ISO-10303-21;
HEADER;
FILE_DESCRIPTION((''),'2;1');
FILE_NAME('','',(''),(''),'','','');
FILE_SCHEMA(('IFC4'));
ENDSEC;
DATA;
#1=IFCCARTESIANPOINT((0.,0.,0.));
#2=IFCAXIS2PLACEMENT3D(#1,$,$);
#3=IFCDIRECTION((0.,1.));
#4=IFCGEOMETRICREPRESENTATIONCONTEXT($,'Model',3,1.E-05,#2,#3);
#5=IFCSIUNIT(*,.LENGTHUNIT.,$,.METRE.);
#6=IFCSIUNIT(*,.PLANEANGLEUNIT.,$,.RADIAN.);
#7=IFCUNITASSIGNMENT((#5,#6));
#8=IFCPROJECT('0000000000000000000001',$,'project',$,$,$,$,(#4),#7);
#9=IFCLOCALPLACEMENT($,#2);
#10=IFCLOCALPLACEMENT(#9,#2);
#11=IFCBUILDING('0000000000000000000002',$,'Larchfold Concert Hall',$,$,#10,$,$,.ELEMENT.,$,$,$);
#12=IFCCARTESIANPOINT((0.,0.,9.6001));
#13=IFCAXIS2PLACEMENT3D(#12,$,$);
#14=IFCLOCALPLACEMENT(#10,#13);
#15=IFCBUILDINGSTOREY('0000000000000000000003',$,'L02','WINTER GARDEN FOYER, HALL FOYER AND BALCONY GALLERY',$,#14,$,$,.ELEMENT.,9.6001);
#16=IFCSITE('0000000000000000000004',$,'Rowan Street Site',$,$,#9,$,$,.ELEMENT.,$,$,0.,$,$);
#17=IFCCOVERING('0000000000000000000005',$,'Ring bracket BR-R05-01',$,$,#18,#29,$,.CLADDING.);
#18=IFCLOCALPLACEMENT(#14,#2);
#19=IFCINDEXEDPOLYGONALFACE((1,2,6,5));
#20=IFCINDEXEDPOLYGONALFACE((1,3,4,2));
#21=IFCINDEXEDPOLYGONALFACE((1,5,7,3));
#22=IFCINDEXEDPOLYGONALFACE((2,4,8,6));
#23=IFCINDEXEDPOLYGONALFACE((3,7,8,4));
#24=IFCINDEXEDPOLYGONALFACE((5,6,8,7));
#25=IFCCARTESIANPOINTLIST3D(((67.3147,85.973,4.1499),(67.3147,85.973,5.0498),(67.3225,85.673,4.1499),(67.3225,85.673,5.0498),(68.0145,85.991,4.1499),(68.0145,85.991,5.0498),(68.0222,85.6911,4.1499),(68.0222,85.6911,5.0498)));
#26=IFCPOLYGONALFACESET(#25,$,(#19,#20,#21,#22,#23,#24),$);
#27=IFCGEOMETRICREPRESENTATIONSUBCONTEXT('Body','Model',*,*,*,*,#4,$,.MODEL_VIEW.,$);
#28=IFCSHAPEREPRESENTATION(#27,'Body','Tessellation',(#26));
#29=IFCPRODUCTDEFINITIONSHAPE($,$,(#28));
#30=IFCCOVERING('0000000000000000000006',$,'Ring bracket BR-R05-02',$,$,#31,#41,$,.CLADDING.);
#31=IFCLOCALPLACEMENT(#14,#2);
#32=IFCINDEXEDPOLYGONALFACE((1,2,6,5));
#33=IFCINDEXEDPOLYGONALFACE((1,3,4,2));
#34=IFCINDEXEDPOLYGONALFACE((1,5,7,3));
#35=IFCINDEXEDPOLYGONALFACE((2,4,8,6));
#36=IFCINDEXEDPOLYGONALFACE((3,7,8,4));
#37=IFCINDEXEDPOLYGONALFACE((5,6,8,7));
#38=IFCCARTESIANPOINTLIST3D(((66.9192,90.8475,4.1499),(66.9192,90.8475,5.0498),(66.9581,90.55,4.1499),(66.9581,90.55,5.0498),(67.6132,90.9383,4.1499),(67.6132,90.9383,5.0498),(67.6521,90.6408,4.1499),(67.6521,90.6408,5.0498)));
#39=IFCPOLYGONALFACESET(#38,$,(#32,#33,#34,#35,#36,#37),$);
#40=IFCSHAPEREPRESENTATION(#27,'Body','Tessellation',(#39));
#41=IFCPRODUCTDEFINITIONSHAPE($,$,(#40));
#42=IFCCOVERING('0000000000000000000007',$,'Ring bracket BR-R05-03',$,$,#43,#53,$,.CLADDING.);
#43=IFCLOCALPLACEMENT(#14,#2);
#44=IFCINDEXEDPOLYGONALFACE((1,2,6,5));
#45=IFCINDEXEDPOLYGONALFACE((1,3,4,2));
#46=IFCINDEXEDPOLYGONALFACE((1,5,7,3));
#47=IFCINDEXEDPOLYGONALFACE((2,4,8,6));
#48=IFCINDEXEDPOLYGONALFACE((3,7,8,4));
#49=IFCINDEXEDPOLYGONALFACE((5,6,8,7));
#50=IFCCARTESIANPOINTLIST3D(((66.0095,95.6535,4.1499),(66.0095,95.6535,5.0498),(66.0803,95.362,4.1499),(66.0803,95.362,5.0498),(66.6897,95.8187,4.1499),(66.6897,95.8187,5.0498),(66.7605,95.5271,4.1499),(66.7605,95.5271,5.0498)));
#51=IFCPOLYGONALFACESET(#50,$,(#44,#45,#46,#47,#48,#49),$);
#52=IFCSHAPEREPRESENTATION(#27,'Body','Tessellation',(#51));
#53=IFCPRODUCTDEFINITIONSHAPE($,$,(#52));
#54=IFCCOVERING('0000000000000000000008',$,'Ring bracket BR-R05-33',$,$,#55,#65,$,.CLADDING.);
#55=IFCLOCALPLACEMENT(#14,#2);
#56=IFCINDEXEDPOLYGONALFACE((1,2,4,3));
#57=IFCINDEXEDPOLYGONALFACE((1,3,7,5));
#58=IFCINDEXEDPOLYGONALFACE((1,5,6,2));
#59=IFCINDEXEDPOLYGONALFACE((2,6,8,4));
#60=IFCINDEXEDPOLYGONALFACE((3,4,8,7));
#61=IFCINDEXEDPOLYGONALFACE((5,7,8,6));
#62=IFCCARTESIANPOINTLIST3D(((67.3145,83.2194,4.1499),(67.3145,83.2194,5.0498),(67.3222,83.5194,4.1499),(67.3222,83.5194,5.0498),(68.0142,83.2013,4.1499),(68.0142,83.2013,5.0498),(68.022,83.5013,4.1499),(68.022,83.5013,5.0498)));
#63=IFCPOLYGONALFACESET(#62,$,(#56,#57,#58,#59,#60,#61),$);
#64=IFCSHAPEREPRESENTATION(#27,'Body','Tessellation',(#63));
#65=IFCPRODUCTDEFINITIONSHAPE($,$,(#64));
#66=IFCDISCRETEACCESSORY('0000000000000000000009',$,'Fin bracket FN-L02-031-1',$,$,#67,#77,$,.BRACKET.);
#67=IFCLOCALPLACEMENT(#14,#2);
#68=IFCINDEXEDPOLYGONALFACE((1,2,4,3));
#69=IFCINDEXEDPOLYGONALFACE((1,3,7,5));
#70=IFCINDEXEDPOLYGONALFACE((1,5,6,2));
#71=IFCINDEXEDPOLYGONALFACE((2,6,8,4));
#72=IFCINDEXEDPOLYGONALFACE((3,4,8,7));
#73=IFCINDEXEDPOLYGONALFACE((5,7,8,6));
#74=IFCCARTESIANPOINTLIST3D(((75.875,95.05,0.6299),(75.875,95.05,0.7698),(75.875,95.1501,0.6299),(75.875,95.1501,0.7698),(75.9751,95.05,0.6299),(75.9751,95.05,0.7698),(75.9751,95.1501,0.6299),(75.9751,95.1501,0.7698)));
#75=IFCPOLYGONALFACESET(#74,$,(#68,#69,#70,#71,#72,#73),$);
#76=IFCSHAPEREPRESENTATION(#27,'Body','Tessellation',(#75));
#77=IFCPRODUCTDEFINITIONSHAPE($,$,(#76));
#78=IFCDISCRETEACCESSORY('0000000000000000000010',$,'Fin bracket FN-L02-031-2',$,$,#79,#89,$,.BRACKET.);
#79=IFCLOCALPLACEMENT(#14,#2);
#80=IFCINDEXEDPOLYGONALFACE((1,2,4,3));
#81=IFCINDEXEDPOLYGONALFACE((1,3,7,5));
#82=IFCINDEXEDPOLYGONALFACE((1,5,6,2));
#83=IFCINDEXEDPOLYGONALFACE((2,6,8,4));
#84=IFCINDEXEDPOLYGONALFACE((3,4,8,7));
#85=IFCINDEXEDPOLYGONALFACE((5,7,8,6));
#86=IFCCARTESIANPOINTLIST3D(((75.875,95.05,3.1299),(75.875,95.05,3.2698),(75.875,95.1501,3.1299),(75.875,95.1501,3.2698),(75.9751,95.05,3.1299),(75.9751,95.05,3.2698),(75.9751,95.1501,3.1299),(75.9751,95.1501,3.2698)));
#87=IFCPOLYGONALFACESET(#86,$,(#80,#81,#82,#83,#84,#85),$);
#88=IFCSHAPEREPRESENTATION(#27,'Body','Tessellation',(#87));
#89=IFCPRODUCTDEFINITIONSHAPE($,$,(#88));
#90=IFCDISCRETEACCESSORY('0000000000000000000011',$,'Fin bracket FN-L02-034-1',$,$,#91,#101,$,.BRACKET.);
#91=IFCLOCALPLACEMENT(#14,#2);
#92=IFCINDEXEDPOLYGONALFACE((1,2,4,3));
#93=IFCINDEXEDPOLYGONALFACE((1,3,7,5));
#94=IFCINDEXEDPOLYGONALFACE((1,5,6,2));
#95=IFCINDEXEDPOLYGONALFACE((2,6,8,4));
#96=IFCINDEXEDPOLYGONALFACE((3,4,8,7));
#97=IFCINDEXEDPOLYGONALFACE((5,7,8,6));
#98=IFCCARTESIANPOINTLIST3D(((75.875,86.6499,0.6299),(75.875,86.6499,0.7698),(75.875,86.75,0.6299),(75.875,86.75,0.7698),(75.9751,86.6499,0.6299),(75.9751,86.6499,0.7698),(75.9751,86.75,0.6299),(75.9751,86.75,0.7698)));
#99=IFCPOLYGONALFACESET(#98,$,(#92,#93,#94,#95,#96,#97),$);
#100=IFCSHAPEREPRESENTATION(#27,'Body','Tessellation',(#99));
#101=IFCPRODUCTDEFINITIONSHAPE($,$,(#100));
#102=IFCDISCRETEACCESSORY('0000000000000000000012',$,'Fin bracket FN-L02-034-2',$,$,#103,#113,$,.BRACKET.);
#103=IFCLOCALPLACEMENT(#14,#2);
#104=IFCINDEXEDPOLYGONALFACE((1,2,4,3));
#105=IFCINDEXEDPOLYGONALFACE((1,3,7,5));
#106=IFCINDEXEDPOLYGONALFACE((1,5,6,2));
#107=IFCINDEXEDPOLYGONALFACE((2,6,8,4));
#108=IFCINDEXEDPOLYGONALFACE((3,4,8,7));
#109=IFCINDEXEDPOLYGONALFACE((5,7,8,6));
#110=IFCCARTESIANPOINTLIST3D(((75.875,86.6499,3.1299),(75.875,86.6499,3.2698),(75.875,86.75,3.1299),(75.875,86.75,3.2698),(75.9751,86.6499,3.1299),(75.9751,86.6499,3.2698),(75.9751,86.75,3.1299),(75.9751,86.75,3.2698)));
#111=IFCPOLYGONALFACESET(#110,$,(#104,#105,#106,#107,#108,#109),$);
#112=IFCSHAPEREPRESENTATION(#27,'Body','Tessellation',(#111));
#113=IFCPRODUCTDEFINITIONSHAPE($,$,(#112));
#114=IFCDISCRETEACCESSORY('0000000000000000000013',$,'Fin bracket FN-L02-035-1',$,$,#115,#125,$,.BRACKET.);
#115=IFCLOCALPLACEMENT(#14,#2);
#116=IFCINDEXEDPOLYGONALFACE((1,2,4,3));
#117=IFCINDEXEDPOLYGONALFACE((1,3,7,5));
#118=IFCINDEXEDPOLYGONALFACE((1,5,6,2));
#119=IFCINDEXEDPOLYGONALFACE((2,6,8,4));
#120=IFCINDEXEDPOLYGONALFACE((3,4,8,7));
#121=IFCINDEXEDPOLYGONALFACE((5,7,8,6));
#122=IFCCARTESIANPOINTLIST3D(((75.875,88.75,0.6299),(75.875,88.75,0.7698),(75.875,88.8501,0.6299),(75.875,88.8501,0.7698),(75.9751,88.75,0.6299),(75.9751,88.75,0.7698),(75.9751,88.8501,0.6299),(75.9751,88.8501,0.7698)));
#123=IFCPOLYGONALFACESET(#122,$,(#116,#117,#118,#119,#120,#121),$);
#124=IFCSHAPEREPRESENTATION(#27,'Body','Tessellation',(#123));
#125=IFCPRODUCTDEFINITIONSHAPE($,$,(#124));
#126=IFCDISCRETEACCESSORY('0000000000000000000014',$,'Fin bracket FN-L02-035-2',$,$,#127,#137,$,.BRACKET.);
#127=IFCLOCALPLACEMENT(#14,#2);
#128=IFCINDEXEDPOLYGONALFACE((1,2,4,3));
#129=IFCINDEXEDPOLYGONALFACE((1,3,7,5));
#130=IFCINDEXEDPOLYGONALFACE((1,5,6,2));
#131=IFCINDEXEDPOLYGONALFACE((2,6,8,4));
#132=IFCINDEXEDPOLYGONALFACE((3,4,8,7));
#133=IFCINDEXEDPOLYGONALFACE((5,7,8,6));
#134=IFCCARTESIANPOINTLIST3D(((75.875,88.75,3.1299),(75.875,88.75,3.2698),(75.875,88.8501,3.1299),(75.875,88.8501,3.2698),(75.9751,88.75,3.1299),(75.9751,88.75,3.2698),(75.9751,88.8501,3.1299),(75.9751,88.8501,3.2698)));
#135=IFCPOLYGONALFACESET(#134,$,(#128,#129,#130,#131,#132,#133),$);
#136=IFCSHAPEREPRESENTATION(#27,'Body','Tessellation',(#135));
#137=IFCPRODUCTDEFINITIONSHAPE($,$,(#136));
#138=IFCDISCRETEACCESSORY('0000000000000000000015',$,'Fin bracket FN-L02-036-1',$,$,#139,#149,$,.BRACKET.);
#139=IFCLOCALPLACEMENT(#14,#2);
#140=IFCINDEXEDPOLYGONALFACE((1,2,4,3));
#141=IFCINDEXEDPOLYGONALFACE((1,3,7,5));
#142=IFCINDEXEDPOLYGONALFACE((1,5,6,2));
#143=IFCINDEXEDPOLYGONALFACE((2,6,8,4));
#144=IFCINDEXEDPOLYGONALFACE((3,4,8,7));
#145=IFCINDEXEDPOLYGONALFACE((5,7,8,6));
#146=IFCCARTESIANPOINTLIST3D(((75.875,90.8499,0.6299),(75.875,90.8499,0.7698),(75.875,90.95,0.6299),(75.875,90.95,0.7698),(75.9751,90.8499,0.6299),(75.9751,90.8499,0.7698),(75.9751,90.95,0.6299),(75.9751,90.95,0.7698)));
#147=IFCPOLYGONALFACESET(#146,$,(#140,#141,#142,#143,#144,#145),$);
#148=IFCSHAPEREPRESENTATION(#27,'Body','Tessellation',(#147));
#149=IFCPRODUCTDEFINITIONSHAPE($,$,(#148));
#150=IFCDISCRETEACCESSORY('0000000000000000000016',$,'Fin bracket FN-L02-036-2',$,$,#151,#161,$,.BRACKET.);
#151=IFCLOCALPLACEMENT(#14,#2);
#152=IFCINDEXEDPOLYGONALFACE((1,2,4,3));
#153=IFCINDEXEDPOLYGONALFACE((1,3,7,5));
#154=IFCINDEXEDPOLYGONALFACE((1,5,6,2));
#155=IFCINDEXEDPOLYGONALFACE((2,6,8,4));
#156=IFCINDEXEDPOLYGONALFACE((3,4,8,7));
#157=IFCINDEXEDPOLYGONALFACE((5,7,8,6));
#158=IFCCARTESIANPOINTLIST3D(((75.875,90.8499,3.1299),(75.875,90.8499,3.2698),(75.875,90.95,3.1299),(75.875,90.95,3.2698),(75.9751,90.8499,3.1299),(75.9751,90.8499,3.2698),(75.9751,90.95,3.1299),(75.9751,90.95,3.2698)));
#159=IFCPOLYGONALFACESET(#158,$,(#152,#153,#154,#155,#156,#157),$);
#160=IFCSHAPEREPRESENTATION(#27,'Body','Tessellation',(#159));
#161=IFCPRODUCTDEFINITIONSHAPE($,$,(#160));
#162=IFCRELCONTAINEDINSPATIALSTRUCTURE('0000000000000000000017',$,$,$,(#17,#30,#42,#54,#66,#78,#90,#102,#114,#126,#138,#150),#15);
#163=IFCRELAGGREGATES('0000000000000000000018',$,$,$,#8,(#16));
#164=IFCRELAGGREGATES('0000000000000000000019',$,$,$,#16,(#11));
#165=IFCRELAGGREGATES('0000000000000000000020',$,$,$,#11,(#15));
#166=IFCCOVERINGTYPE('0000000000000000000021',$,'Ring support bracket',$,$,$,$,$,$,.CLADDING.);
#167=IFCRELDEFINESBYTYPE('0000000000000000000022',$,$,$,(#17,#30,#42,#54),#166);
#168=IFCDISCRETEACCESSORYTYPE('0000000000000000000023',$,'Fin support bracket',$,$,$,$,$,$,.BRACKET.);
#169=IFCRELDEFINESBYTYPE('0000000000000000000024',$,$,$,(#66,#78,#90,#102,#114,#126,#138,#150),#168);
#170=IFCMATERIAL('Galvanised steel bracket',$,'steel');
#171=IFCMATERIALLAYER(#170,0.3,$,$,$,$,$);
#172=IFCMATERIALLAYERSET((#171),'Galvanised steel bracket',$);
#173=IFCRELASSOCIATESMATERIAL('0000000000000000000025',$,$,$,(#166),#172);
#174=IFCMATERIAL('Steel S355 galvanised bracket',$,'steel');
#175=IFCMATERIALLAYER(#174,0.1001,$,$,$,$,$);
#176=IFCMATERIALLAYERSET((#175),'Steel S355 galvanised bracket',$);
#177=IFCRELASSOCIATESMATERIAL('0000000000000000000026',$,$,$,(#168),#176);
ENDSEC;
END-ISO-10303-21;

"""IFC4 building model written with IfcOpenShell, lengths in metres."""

from ifc_helpers import new_model, si_unit, direction, frame, origin, origin_2d, place, context, subcontext, project, spatial, rectangle, extrude, material, layer, layer_set, type_object, element, save


model = new_model("IFC4")

# Units and contexts
model_context = context("Model", 3, precision=1e-05, world=origin(), true_north=direction((0.0, 1.0)))
body_context = subcontext(model_context, "Body", "Model", "MODEL_VIEW")
ifc_project = project(units=[si_unit("LENGTHUNIT", "METRE"), si_unit("PLANEANGLEUNIT", "RADIAN")], contexts=[model_context])

# Site, building, storey
site_placement = place(None, origin())
site = spatial("IfcSite", under=ifc_project, at=site_placement, Name="Rowan Street Site", CompositionType="ELEMENT", RefElevation=0.0)
building_placement = place(site_placement, origin())
building = spatial("IfcBuilding", under=site, at=building_placement, Name="Larchfold Concert Hall", CompositionType="ELEMENT")
storey_placement = place(building_placement, frame((0.0, 0.0, 9.6001)))
storey = spatial("IfcBuildingStorey", under=building, at=storey_placement, Name="L02", Description="WINTER GARDEN FOYER, HALL FOYER AND BALCONY GALLERY", CompositionType="ELEMENT", Elevation=9.6001)

# Coverings
ifc_material_1 = material(Name="Galvanised steel bracket", Category="steel")
ifc_layer_1 = layer(ifc_material_1, 0.3)
ifc_layer_set_1 = layer_set([ifc_layer_1], Name="Galvanised steel bracket")
covering_type = type_object("IfcCoveringType", Name="Ring support bracket", PredefinedType="CLADDING", material=ifc_layer_set_1)
for number, where, z_axis, x_axis, name in (
    (1, (67.6685, 85.832, 4.1499), (0.0, 0.0, 1.0), (0.999669, 0.025743, 0.0), "Ring bracket BR-R05-01"),
    (2, (67.2856, 90.7441, 4.1499), (0.0, 0.0, 1.0), (0.991554, 0.129693, 0.0), "Ring bracket BR-R05-02"),
    (3, (66.385, 95.5903, 4.1499), (0.0, 0.0, 1.0), (0.971763, 0.23596, 0.0), "Ring bracket BR-R05-03"),
    (4, (67.6682, 83.3604, 4.1499), (0.0, 0.0, 1.0), (0.999665, -0.025882, 0.0), "Ring bracket BR-R05-33"),
):
    element("IfcCovering", number, at=place(storey_placement, frame(where, z_axis=z_axis, x_axis=x_axis)), inside=storey, type_object=covering_type, Name=name, PredefinedType="CLADDING", context=body_context, shape_type="SweptSolid", body=[
        extrude(rectangle(XDim=0.7, YDim=0.3, at=origin_2d()), origin(), (0.0, 0.0, 1.0), 0.8999),
    ])

# Discrete accessories
ifc_material_2 = material(Name="Steel S355 galvanised bracket", Category="steel")
ifc_layer_2 = layer(ifc_material_2, 0.1001)
ifc_layer_set_2 = layer_set([ifc_layer_2], Name="Steel S355 galvanised bracket")
discrete_accessory_type = type_object("IfcDiscreteAccessoryType", Name="Fin support bracket", PredefinedType="BRACKET", material=ifc_layer_set_2)
for number, where, z_axis, x_axis, name in (
    (5, (75.925, 95.1001, 0.6299), (0.0, 0.0, 1.0), (-1.0, 0.0, 0.0), "Fin bracket FN-L02-031-1"),
    (6, (75.925, 95.1001, 3.1299), (0.0, 0.0, 1.0), (-1.0, 0.0, 0.0), "Fin bracket FN-L02-031-2"),
    (7, (75.925, 86.7, 0.6299), (0.0, 0.0, 1.0), (-1.0, 0.0, 0.0), "Fin bracket FN-L02-034-1"),
    (8, (75.925, 86.7, 3.1299), (0.0, 0.0, 1.0), (-1.0, 0.0, 0.0), "Fin bracket FN-L02-034-2"),
    (9, (75.925, 88.8, 0.6299), (0.0, 0.0, 1.0), (-1.0, 0.0, 0.0), "Fin bracket FN-L02-035-1"),
    (10, (75.925, 88.8, 3.1299), (0.0, 0.0, 1.0), (-1.0, 0.0, 0.0), "Fin bracket FN-L02-035-2"),
    (11, (75.925, 90.8999, 0.6299), (0.0, 0.0, 1.0), (-1.0, 0.0, 0.0), "Fin bracket FN-L02-036-1"),
    (12, (75.925, 90.8999, 3.1299), (0.0, 0.0, 1.0), (-1.0, 0.0, 0.0), "Fin bracket FN-L02-036-2"),
):
    element("IfcDiscreteAccessory", number, at=place(storey_placement, frame(where, z_axis=z_axis, x_axis=x_axis)), inside=storey, type_object=discrete_accessory_type, Name=name, PredefinedType="BRACKET", context=body_context, shape_type="SweptSolid", body=[
        extrude(rectangle(XDim=0.1001, YDim=0.1001, at=origin_2d()), origin(), (0.0, 0.0, 1.0), 0.1399),
    ])

save(model, "model.ifc")
